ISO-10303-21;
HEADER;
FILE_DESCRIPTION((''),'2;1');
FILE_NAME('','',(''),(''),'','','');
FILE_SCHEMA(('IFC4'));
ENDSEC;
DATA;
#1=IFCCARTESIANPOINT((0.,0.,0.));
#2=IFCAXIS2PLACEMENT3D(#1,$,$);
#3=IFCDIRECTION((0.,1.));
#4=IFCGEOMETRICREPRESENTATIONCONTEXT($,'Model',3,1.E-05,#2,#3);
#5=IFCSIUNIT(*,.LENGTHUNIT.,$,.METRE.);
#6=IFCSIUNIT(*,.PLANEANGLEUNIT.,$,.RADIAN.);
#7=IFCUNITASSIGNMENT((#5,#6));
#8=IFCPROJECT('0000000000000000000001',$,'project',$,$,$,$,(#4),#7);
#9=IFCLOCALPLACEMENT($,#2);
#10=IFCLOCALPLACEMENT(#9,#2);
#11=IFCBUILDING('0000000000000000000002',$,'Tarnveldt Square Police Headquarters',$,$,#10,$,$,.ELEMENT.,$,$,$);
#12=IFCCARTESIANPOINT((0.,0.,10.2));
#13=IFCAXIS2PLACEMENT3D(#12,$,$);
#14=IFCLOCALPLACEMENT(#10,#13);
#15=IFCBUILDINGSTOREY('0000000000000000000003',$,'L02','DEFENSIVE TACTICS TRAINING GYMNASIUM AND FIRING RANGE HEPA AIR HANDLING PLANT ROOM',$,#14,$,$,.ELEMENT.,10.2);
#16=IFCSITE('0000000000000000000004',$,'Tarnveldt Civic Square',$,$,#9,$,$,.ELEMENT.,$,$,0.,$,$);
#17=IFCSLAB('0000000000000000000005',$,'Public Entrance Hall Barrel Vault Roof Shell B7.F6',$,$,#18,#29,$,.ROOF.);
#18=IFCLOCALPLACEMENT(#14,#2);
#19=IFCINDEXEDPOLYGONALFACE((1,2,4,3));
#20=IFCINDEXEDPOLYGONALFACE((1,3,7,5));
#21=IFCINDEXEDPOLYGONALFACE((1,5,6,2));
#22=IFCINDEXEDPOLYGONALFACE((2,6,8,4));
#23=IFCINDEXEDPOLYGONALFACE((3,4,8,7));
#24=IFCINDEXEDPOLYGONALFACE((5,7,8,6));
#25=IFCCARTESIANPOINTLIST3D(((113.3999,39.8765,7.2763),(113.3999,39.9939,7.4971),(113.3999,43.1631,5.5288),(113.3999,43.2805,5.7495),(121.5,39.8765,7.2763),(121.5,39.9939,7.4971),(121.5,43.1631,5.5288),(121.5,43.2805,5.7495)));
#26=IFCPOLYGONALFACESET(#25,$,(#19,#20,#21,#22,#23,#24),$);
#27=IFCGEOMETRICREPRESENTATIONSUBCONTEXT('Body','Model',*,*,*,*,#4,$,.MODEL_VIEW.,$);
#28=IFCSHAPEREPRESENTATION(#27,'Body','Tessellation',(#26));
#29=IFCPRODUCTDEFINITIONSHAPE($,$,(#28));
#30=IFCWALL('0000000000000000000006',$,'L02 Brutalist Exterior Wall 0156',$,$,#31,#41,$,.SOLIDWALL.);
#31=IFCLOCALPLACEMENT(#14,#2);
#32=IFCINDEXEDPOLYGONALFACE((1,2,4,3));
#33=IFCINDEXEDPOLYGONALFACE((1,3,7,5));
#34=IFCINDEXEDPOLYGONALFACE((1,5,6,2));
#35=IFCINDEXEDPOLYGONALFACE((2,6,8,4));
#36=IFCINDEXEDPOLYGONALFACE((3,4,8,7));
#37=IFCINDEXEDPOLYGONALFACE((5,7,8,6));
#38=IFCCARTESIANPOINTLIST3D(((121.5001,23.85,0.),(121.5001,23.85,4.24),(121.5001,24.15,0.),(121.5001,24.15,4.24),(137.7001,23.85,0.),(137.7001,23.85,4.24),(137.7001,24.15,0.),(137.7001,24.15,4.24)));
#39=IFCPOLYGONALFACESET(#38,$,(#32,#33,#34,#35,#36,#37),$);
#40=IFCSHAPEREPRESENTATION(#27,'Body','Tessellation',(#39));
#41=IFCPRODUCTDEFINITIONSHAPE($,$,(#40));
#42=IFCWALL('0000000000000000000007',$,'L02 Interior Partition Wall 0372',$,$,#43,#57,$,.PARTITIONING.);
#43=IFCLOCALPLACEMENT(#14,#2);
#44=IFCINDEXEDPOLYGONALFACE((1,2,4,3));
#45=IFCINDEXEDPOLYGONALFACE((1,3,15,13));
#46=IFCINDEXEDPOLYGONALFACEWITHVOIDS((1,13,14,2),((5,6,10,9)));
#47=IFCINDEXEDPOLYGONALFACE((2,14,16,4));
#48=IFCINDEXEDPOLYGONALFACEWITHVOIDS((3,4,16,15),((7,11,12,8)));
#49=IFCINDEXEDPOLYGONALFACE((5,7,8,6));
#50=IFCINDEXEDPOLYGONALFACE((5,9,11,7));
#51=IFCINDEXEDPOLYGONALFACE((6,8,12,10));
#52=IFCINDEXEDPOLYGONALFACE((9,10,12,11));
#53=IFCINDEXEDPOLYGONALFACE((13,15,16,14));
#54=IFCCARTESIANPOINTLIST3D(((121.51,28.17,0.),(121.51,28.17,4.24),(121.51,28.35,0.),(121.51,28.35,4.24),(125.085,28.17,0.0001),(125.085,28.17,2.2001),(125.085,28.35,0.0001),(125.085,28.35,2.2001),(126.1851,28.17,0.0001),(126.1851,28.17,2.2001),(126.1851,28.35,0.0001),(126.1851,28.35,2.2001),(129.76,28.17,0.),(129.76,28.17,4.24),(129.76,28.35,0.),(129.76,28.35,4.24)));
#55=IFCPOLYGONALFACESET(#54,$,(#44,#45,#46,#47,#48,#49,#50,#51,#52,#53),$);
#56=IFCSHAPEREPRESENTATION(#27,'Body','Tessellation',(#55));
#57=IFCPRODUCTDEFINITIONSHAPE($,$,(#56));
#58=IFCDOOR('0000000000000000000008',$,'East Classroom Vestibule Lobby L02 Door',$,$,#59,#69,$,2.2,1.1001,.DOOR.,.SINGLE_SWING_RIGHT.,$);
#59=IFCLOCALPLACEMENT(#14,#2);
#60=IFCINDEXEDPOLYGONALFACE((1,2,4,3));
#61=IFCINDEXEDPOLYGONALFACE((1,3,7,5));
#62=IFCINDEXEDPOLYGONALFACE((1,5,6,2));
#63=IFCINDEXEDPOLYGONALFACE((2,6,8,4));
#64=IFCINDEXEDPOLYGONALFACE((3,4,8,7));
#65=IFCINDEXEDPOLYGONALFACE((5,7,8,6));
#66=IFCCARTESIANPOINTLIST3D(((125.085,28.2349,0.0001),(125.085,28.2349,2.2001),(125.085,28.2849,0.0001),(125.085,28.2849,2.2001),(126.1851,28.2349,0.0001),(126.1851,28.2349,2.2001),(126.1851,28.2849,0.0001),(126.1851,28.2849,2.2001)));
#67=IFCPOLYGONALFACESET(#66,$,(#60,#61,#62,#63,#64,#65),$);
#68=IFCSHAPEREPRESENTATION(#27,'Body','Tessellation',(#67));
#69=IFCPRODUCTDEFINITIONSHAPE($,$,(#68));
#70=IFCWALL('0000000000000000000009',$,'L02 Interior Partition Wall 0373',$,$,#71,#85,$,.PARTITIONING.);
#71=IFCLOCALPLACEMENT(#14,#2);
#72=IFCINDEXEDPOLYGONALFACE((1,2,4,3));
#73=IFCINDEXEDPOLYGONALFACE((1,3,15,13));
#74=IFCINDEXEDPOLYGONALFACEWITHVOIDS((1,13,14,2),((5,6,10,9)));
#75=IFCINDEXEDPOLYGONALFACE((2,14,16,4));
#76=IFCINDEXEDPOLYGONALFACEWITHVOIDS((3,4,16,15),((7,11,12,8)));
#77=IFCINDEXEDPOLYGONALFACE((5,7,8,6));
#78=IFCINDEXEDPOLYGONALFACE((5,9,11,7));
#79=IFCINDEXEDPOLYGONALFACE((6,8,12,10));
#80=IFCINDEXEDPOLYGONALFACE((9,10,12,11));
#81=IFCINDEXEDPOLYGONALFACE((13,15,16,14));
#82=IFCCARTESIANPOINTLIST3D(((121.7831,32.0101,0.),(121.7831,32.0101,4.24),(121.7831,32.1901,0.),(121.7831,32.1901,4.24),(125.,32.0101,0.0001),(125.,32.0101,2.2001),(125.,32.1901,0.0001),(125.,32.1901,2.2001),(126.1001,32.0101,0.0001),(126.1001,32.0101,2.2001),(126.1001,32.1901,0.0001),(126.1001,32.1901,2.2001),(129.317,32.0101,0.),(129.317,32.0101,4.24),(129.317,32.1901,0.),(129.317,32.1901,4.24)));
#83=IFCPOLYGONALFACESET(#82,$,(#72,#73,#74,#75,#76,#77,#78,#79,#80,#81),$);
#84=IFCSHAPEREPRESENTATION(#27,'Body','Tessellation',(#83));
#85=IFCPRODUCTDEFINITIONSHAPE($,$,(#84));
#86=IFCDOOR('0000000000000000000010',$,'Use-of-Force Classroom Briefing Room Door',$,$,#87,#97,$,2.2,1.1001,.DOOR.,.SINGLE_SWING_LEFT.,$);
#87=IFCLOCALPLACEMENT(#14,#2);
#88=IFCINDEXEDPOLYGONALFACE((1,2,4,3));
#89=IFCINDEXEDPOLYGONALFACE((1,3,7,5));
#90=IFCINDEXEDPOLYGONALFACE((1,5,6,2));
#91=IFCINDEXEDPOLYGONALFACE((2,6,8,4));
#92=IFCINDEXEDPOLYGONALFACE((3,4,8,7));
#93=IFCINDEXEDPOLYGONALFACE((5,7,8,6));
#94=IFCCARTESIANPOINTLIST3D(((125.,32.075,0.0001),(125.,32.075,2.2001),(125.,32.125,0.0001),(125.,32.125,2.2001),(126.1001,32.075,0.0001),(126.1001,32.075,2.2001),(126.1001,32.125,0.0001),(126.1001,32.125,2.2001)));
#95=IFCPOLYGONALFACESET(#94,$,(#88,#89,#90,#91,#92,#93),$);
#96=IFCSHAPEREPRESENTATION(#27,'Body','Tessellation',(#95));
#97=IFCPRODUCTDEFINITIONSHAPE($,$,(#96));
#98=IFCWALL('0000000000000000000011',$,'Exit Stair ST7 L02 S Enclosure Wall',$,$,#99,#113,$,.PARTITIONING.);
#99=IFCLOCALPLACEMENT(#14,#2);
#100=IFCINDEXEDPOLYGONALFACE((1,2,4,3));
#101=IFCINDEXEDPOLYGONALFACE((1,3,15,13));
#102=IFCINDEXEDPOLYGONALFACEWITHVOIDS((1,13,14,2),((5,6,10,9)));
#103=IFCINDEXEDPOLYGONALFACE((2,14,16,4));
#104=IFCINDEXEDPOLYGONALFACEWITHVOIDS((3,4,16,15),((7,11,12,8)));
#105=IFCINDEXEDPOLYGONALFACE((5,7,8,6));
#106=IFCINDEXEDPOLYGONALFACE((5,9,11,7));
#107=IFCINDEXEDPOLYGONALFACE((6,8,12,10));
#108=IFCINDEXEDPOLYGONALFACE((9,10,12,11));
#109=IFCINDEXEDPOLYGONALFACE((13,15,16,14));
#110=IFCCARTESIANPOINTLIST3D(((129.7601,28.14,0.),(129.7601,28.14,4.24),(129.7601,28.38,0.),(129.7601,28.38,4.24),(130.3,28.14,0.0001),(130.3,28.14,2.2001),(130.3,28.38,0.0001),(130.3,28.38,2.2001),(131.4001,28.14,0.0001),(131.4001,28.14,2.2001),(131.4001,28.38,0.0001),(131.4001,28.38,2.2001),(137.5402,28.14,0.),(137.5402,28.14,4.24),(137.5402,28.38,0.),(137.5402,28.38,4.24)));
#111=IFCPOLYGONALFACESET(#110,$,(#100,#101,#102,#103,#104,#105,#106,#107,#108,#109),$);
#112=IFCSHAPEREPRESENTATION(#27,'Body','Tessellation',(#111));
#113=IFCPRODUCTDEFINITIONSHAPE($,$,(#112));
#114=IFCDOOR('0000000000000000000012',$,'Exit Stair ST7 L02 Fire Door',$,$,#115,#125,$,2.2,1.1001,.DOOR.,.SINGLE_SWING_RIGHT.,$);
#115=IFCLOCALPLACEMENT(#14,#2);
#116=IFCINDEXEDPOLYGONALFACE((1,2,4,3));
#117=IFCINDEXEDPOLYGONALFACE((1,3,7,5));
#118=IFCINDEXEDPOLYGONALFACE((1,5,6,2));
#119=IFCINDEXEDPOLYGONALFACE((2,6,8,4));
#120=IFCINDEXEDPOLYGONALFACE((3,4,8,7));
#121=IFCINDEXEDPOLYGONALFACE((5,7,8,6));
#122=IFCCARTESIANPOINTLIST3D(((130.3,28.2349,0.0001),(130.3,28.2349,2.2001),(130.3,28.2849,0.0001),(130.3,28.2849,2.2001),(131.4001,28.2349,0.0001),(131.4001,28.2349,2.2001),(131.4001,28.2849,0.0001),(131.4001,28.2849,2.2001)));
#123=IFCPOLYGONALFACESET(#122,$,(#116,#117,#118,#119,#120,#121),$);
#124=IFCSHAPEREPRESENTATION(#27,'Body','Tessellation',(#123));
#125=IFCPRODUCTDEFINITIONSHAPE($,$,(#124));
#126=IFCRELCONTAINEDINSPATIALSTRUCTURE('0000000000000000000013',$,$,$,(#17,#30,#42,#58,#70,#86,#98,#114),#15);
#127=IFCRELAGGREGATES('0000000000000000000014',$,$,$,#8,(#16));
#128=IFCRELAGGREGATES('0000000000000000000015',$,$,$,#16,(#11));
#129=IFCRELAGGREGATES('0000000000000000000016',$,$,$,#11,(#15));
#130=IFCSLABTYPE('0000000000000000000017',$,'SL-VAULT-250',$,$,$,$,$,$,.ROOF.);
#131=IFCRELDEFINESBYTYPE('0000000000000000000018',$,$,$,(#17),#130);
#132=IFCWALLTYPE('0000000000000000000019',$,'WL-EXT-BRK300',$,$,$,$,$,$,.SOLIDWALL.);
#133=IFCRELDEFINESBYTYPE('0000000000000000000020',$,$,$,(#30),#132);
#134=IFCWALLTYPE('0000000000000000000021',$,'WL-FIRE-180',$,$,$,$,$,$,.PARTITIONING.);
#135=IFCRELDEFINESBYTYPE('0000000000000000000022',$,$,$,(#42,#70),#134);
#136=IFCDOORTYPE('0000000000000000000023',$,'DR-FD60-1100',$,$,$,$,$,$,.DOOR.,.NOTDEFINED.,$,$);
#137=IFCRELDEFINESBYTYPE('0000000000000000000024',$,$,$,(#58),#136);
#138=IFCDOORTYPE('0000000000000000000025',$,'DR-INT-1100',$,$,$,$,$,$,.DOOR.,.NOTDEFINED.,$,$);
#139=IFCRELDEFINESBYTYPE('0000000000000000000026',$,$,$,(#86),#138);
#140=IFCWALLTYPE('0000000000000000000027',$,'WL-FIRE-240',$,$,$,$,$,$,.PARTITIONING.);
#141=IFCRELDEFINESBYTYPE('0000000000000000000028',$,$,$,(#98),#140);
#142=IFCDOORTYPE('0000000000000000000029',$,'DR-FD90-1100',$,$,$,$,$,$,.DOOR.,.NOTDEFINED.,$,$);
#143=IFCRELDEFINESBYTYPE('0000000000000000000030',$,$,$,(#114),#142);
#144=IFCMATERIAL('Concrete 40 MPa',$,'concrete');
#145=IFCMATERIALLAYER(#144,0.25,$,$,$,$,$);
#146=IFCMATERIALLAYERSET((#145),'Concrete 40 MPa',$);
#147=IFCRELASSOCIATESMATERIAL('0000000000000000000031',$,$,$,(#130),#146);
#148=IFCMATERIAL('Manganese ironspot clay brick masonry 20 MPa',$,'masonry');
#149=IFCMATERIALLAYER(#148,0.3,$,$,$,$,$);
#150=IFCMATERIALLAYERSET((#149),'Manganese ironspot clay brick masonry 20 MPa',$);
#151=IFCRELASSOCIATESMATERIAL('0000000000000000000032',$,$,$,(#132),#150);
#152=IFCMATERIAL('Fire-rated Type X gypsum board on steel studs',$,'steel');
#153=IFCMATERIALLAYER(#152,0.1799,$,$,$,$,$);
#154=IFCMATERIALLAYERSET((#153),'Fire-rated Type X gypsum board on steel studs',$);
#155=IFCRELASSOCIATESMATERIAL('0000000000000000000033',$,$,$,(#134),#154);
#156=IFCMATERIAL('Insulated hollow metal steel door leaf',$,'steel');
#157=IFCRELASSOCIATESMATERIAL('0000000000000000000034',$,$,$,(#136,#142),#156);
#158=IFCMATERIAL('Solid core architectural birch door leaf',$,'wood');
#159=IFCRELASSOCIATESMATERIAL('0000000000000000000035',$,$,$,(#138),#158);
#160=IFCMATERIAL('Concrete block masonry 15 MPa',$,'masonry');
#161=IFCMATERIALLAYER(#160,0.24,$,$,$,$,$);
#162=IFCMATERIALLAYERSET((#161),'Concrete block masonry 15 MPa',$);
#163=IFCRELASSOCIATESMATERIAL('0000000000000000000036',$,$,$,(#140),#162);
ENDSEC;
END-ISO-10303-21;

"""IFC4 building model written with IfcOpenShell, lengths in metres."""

from ifc_helpers import new_model, si_unit, direction, frame, frame_2d, origin, place, context, subcontext, project, spatial, polyline, rectangle, outline, extrude, material, layer, layer_set, type_object, element, fill, save


model = new_model("IFC4")

# Units and contexts
model_context = context("Model", 3, precision=1e-05, world=origin(), true_north=direction((0.0, 1.0)))
body_context = subcontext(model_context, "Body", "Model", "MODEL_VIEW")
ifc_project = project(units=[si_unit("LENGTHUNIT", "METRE"), si_unit("PLANEANGLEUNIT", "RADIAN")], contexts=[model_context])

# Site, building, storey
site_placement = place(None, origin())
site = spatial("IfcSite", under=ifc_project, at=site_placement, Name="Tarnveldt Civic Square", CompositionType="ELEMENT", RefElevation=0.0)
building_placement = place(site_placement, origin())
building = spatial("IfcBuilding", under=site, at=building_placement, Name="Tarnveldt Square Police Headquarters", CompositionType="ELEMENT")
storey_placement = place(building_placement, frame((0.0, 0.0, 10.2)))
storey = spatial("IfcBuildingStorey", under=building, at=storey_placement, Name="L02", Description="DEFENSIVE TACTICS TRAINING GYMNASIUM AND FIRING RANGE HEPA AIR HANDLING PLANT ROOM", CompositionType="ELEMENT", Elevation=10.2)

# Shared definitions
ifc_material_1 = material(Name="Concrete 40 MPa", Category="concrete")

# Slab
ifc_layer_1 = layer(ifc_material_1, 0.25)
ifc_layer_set_1 = layer_set([ifc_layer_1], Name="Concrete 40 MPa")
slab_type = type_object("IfcSlabType", Name="SL-VAULT-250", PredefinedType="ROOF", material=ifc_layer_set_1)
slab_1_placement = place(storey_placement, frame((113.3999, 39.9939, 7.4971), z_axis=(0.0, 0.469478, 0.882944), x_axis=(1.0, 0.0, 0.0)))
element("IfcSlab", 1, at=slab_1_placement, inside=storey, type_object=slab_type, Name="Public Entrance Hall Barrel Vault Roof Shell B7.F6", PredefinedType="ROOF", context=body_context, shape_type="SweptSolid", body=[
    extrude(outline(polyline([(0.0, 0.0), (8.1001, 0.0), (8.1001, 3.7223), (0.0, 3.7223), (0.0, 0.0)])), origin(), (0.0, 0.0, -1.0), 0.25),
])

# Wall
ifc_material_2 = material(Name="Manganese ironspot clay brick masonry 20 MPa", Category="masonry")
ifc_layer_2 = layer(ifc_material_2, 0.3)
ifc_layer_set_2 = layer_set([ifc_layer_2], Name="Manganese ironspot clay brick masonry 20 MPa")
wall_type_1 = type_object("IfcWallType", Name="WL-EXT-BRK300", PredefinedType="SOLIDWALL", material=ifc_layer_set_2)
wall_1_placement = place(storey_placement, frame((121.5, 24.0, 0.0), z_axis=(0.0, 0.0, 1.0), x_axis=(1.0, 0.0, 0.0)))
element("IfcWall", 2, at=wall_1_placement, inside=storey, type_object=wall_type_1, Name="L02 Brutalist Exterior Wall 0156", PredefinedType="SOLIDWALL", context=body_context, shape_type="SweptSolid", body=[
    extrude(rectangle(XDim=16.2, YDim=0.3, at=frame_2d((8.1001, 0.0))), origin(), (0.0, 0.0, 1.0), 4.24),
])

# Walls, openings, doors
ifc_material_3 = material(Name="Fire-rated Type X gypsum board on steel studs", Category="steel")
ifc_layer_3 = layer(ifc_material_3, 0.1799)
ifc_layer_set_3 = layer_set([ifc_layer_3], Name="Fire-rated Type X gypsum board on steel studs")
wall_type_2 = type_object("IfcWallType", Name="WL-FIRE-180", PredefinedType="PARTITIONING", material=ifc_layer_set_3)
wall_2_placement = place(storey_placement, frame((121.51, 28.26, 0.0), z_axis=(0.0, 0.0, 1.0), x_axis=(1.0, 0.0, 0.0)))
wall_2 = element("IfcWall", 3, at=wall_2_placement, inside=storey, type_object=wall_type_2, Name="L02 Interior Partition Wall 0372", PredefinedType="PARTITIONING", context=body_context, shape_type="SweptSolid", body=[
    extrude(rectangle(XDim=8.25, YDim=0.1799, at=frame_2d((4.125, 0.0))), origin(), (0.0, 0.0, 1.0), 4.24),
])
opening_1_placement = place(wall_2_placement, frame((3.575, 0.0, 0.0)))
opening_1 = element("IfcOpeningElement", 4, at=opening_1_placement, cuts=wall_2, PredefinedType="OPENING", context=body_context, shape_type="SweptSolid", body=[
    extrude(rectangle(XDim=1.1001, YDim=2.2, at=frame_2d((0.55, 1.1001))), frame((0.0, 0.0999, 0.0), z_axis=(0.0, -1.0, 0.0), x_axis=(1.0, 0.0, 0.0)), (0.0, 0.0, 1.0), 0.2),
])
ifc_material_4 = material(Name="Insulated hollow metal steel door leaf", Category="steel")
door_type_1 = type_object("IfcDoorType", Name="DR-FD60-1100", OperationType="NOTDEFINED", PredefinedType="DOOR", material=ifc_material_4)
door_1_placement = place(opening_1_placement, origin())
door_1 = element("IfcDoor", 5, at=door_1_placement, inside=storey, type_object=door_type_1, Name="East Classroom Vestibule Lobby L02 Door", OperationType="SINGLE_SWING_RIGHT", OverallHeight=2.2, OverallWidth=1.1001, PredefinedType="DOOR", context=body_context, shape_type="SweptSolid", body=[
    extrude(rectangle(XDim=1.1001, YDim=2.2, at=frame_2d((0.55, 1.1001))), frame((0.0, 0.0249, 0.0), z_axis=(0.0, -1.0, 0.0), x_axis=(1.0, 0.0, 0.0)), (0.0, 0.0, 1.0), 0.05),
])
fill(opening_1, door_1)
wall_3_placement = place(storey_placement, frame((121.783, 32.1001, 0.0), z_axis=(0.0, 0.0, 1.0), x_axis=(1.0, 0.0, 0.0)))
wall_3 = element("IfcWall", 6, at=wall_3_placement, inside=storey, type_object=wall_type_2, Name="L02 Interior Partition Wall 0373", PredefinedType="PARTITIONING", context=body_context, shape_type="SweptSolid", body=[
    extrude(rectangle(XDim=7.5339, YDim=0.1799, at=frame_2d((3.7671, 0.0))), origin(), (0.0, 0.0, 1.0), 4.24),
])
opening_2_placement = place(wall_3_placement, frame((3.217, 0.0, 0.0)))
opening_2 = element("IfcOpeningElement", 7, at=opening_2_placement, cuts=wall_3, PredefinedType="OPENING", context=body_context, shape_type="SweptSolid", body=[
    extrude(rectangle(XDim=1.1001, YDim=2.2, at=frame_2d((0.55, 1.1001))), frame((0.0, 0.0999, 0.0), z_axis=(0.0, -1.0, 0.0), x_axis=(1.0, 0.0, 0.0)), (0.0, 0.0, 1.0), 0.2),
])
ifc_material_5 = material(Name="Solid core architectural birch door leaf", Category="wood")
door_type_2 = type_object("IfcDoorType", Name="DR-INT-1100", OperationType="NOTDEFINED", PredefinedType="DOOR", material=ifc_material_5)
door_2_placement = place(opening_2_placement, origin())
door_2 = element("IfcDoor", 8, at=door_2_placement, inside=storey, type_object=door_type_2, Name="Use-of-Force Classroom Briefing Room Door", OperationType="SINGLE_SWING_LEFT", OverallHeight=2.2, OverallWidth=1.1001, PredefinedType="DOOR", context=body_context, shape_type="SweptSolid", body=[
    extrude(rectangle(XDim=1.1001, YDim=2.2, at=frame_2d((0.55, 1.1001))), frame((0.0, 0.0249, 0.0), z_axis=(0.0, -1.0, 0.0), x_axis=(1.0, 0.0, 0.0)), (0.0, 0.0, 1.0), 0.05),
])
fill(opening_2, door_2)
ifc_material_6 = material(Name="Concrete block masonry 15 MPa", Category="masonry")
ifc_layer_4 = layer(ifc_material_6, 0.24)
ifc_layer_set_4 = layer_set([ifc_layer_4], Name="Concrete block masonry 15 MPa")
wall_type_3 = type_object("IfcWallType", Name="WL-FIRE-240", PredefinedType="PARTITIONING", material=ifc_layer_set_4)
wall_4_placement = place(storey_placement, frame((129.76, 28.26, 0.0), z_axis=(0.0, 0.0, 1.0), x_axis=(1.0, 0.0, 0.0)))
wall_4 = element("IfcWall", 9, at=wall_4_placement, inside=storey, type_object=wall_type_3, Name="Exit Stair ST7 L02 S Enclosure Wall", PredefinedType="PARTITIONING", context=body_context, shape_type="SweptSolid", body=[
    extrude(rectangle(XDim=7.78, YDim=0.24, at=frame_2d((3.8901, 0.0))), origin(), (0.0, 0.0, 1.0), 4.24),
])
opening_3_placement = place(wall_4_placement, frame((0.54, 0.0, 0.0)))
opening_3 = element("IfcOpeningElement", 10, at=opening_3_placement, cuts=wall_4, PredefinedType="OPENING", context=body_context, shape_type="SweptSolid", body=[
    extrude(rectangle(XDim=1.1001, YDim=2.2, at=frame_2d((0.55, 1.1001))), frame((0.0, 0.1299, 0.0), z_axis=(0.0, -1.0, 0.0), x_axis=(1.0, 0.0, 0.0)), (0.0, 0.0, 1.0), 0.26),
])
door_type_3 = type_object("IfcDoorType", Name="DR-FD90-1100", OperationType="NOTDEFINED", PredefinedType="DOOR", material=ifc_material_4)
door_3_placement = place(opening_3_placement, origin())
door_3 = element("IfcDoor", 11, at=door_3_placement, inside=storey, type_object=door_type_3, Name="Exit Stair ST7 L02 Fire Door", OperationType="SINGLE_SWING_RIGHT", OverallHeight=2.2, OverallWidth=1.1001, PredefinedType="DOOR", context=body_context, shape_type="SweptSolid", body=[
    extrude(rectangle(XDim=1.1001, YDim=2.2, at=frame_2d((0.55, 1.1001))), frame((0.0, 0.0249, 0.0), z_axis=(0.0, -1.0, 0.0), x_axis=(1.0, 0.0, 0.0)), (0.0, 0.0, 1.0), 0.05),
])
fill(opening_3, door_3)

save(model, "model.ifc")
